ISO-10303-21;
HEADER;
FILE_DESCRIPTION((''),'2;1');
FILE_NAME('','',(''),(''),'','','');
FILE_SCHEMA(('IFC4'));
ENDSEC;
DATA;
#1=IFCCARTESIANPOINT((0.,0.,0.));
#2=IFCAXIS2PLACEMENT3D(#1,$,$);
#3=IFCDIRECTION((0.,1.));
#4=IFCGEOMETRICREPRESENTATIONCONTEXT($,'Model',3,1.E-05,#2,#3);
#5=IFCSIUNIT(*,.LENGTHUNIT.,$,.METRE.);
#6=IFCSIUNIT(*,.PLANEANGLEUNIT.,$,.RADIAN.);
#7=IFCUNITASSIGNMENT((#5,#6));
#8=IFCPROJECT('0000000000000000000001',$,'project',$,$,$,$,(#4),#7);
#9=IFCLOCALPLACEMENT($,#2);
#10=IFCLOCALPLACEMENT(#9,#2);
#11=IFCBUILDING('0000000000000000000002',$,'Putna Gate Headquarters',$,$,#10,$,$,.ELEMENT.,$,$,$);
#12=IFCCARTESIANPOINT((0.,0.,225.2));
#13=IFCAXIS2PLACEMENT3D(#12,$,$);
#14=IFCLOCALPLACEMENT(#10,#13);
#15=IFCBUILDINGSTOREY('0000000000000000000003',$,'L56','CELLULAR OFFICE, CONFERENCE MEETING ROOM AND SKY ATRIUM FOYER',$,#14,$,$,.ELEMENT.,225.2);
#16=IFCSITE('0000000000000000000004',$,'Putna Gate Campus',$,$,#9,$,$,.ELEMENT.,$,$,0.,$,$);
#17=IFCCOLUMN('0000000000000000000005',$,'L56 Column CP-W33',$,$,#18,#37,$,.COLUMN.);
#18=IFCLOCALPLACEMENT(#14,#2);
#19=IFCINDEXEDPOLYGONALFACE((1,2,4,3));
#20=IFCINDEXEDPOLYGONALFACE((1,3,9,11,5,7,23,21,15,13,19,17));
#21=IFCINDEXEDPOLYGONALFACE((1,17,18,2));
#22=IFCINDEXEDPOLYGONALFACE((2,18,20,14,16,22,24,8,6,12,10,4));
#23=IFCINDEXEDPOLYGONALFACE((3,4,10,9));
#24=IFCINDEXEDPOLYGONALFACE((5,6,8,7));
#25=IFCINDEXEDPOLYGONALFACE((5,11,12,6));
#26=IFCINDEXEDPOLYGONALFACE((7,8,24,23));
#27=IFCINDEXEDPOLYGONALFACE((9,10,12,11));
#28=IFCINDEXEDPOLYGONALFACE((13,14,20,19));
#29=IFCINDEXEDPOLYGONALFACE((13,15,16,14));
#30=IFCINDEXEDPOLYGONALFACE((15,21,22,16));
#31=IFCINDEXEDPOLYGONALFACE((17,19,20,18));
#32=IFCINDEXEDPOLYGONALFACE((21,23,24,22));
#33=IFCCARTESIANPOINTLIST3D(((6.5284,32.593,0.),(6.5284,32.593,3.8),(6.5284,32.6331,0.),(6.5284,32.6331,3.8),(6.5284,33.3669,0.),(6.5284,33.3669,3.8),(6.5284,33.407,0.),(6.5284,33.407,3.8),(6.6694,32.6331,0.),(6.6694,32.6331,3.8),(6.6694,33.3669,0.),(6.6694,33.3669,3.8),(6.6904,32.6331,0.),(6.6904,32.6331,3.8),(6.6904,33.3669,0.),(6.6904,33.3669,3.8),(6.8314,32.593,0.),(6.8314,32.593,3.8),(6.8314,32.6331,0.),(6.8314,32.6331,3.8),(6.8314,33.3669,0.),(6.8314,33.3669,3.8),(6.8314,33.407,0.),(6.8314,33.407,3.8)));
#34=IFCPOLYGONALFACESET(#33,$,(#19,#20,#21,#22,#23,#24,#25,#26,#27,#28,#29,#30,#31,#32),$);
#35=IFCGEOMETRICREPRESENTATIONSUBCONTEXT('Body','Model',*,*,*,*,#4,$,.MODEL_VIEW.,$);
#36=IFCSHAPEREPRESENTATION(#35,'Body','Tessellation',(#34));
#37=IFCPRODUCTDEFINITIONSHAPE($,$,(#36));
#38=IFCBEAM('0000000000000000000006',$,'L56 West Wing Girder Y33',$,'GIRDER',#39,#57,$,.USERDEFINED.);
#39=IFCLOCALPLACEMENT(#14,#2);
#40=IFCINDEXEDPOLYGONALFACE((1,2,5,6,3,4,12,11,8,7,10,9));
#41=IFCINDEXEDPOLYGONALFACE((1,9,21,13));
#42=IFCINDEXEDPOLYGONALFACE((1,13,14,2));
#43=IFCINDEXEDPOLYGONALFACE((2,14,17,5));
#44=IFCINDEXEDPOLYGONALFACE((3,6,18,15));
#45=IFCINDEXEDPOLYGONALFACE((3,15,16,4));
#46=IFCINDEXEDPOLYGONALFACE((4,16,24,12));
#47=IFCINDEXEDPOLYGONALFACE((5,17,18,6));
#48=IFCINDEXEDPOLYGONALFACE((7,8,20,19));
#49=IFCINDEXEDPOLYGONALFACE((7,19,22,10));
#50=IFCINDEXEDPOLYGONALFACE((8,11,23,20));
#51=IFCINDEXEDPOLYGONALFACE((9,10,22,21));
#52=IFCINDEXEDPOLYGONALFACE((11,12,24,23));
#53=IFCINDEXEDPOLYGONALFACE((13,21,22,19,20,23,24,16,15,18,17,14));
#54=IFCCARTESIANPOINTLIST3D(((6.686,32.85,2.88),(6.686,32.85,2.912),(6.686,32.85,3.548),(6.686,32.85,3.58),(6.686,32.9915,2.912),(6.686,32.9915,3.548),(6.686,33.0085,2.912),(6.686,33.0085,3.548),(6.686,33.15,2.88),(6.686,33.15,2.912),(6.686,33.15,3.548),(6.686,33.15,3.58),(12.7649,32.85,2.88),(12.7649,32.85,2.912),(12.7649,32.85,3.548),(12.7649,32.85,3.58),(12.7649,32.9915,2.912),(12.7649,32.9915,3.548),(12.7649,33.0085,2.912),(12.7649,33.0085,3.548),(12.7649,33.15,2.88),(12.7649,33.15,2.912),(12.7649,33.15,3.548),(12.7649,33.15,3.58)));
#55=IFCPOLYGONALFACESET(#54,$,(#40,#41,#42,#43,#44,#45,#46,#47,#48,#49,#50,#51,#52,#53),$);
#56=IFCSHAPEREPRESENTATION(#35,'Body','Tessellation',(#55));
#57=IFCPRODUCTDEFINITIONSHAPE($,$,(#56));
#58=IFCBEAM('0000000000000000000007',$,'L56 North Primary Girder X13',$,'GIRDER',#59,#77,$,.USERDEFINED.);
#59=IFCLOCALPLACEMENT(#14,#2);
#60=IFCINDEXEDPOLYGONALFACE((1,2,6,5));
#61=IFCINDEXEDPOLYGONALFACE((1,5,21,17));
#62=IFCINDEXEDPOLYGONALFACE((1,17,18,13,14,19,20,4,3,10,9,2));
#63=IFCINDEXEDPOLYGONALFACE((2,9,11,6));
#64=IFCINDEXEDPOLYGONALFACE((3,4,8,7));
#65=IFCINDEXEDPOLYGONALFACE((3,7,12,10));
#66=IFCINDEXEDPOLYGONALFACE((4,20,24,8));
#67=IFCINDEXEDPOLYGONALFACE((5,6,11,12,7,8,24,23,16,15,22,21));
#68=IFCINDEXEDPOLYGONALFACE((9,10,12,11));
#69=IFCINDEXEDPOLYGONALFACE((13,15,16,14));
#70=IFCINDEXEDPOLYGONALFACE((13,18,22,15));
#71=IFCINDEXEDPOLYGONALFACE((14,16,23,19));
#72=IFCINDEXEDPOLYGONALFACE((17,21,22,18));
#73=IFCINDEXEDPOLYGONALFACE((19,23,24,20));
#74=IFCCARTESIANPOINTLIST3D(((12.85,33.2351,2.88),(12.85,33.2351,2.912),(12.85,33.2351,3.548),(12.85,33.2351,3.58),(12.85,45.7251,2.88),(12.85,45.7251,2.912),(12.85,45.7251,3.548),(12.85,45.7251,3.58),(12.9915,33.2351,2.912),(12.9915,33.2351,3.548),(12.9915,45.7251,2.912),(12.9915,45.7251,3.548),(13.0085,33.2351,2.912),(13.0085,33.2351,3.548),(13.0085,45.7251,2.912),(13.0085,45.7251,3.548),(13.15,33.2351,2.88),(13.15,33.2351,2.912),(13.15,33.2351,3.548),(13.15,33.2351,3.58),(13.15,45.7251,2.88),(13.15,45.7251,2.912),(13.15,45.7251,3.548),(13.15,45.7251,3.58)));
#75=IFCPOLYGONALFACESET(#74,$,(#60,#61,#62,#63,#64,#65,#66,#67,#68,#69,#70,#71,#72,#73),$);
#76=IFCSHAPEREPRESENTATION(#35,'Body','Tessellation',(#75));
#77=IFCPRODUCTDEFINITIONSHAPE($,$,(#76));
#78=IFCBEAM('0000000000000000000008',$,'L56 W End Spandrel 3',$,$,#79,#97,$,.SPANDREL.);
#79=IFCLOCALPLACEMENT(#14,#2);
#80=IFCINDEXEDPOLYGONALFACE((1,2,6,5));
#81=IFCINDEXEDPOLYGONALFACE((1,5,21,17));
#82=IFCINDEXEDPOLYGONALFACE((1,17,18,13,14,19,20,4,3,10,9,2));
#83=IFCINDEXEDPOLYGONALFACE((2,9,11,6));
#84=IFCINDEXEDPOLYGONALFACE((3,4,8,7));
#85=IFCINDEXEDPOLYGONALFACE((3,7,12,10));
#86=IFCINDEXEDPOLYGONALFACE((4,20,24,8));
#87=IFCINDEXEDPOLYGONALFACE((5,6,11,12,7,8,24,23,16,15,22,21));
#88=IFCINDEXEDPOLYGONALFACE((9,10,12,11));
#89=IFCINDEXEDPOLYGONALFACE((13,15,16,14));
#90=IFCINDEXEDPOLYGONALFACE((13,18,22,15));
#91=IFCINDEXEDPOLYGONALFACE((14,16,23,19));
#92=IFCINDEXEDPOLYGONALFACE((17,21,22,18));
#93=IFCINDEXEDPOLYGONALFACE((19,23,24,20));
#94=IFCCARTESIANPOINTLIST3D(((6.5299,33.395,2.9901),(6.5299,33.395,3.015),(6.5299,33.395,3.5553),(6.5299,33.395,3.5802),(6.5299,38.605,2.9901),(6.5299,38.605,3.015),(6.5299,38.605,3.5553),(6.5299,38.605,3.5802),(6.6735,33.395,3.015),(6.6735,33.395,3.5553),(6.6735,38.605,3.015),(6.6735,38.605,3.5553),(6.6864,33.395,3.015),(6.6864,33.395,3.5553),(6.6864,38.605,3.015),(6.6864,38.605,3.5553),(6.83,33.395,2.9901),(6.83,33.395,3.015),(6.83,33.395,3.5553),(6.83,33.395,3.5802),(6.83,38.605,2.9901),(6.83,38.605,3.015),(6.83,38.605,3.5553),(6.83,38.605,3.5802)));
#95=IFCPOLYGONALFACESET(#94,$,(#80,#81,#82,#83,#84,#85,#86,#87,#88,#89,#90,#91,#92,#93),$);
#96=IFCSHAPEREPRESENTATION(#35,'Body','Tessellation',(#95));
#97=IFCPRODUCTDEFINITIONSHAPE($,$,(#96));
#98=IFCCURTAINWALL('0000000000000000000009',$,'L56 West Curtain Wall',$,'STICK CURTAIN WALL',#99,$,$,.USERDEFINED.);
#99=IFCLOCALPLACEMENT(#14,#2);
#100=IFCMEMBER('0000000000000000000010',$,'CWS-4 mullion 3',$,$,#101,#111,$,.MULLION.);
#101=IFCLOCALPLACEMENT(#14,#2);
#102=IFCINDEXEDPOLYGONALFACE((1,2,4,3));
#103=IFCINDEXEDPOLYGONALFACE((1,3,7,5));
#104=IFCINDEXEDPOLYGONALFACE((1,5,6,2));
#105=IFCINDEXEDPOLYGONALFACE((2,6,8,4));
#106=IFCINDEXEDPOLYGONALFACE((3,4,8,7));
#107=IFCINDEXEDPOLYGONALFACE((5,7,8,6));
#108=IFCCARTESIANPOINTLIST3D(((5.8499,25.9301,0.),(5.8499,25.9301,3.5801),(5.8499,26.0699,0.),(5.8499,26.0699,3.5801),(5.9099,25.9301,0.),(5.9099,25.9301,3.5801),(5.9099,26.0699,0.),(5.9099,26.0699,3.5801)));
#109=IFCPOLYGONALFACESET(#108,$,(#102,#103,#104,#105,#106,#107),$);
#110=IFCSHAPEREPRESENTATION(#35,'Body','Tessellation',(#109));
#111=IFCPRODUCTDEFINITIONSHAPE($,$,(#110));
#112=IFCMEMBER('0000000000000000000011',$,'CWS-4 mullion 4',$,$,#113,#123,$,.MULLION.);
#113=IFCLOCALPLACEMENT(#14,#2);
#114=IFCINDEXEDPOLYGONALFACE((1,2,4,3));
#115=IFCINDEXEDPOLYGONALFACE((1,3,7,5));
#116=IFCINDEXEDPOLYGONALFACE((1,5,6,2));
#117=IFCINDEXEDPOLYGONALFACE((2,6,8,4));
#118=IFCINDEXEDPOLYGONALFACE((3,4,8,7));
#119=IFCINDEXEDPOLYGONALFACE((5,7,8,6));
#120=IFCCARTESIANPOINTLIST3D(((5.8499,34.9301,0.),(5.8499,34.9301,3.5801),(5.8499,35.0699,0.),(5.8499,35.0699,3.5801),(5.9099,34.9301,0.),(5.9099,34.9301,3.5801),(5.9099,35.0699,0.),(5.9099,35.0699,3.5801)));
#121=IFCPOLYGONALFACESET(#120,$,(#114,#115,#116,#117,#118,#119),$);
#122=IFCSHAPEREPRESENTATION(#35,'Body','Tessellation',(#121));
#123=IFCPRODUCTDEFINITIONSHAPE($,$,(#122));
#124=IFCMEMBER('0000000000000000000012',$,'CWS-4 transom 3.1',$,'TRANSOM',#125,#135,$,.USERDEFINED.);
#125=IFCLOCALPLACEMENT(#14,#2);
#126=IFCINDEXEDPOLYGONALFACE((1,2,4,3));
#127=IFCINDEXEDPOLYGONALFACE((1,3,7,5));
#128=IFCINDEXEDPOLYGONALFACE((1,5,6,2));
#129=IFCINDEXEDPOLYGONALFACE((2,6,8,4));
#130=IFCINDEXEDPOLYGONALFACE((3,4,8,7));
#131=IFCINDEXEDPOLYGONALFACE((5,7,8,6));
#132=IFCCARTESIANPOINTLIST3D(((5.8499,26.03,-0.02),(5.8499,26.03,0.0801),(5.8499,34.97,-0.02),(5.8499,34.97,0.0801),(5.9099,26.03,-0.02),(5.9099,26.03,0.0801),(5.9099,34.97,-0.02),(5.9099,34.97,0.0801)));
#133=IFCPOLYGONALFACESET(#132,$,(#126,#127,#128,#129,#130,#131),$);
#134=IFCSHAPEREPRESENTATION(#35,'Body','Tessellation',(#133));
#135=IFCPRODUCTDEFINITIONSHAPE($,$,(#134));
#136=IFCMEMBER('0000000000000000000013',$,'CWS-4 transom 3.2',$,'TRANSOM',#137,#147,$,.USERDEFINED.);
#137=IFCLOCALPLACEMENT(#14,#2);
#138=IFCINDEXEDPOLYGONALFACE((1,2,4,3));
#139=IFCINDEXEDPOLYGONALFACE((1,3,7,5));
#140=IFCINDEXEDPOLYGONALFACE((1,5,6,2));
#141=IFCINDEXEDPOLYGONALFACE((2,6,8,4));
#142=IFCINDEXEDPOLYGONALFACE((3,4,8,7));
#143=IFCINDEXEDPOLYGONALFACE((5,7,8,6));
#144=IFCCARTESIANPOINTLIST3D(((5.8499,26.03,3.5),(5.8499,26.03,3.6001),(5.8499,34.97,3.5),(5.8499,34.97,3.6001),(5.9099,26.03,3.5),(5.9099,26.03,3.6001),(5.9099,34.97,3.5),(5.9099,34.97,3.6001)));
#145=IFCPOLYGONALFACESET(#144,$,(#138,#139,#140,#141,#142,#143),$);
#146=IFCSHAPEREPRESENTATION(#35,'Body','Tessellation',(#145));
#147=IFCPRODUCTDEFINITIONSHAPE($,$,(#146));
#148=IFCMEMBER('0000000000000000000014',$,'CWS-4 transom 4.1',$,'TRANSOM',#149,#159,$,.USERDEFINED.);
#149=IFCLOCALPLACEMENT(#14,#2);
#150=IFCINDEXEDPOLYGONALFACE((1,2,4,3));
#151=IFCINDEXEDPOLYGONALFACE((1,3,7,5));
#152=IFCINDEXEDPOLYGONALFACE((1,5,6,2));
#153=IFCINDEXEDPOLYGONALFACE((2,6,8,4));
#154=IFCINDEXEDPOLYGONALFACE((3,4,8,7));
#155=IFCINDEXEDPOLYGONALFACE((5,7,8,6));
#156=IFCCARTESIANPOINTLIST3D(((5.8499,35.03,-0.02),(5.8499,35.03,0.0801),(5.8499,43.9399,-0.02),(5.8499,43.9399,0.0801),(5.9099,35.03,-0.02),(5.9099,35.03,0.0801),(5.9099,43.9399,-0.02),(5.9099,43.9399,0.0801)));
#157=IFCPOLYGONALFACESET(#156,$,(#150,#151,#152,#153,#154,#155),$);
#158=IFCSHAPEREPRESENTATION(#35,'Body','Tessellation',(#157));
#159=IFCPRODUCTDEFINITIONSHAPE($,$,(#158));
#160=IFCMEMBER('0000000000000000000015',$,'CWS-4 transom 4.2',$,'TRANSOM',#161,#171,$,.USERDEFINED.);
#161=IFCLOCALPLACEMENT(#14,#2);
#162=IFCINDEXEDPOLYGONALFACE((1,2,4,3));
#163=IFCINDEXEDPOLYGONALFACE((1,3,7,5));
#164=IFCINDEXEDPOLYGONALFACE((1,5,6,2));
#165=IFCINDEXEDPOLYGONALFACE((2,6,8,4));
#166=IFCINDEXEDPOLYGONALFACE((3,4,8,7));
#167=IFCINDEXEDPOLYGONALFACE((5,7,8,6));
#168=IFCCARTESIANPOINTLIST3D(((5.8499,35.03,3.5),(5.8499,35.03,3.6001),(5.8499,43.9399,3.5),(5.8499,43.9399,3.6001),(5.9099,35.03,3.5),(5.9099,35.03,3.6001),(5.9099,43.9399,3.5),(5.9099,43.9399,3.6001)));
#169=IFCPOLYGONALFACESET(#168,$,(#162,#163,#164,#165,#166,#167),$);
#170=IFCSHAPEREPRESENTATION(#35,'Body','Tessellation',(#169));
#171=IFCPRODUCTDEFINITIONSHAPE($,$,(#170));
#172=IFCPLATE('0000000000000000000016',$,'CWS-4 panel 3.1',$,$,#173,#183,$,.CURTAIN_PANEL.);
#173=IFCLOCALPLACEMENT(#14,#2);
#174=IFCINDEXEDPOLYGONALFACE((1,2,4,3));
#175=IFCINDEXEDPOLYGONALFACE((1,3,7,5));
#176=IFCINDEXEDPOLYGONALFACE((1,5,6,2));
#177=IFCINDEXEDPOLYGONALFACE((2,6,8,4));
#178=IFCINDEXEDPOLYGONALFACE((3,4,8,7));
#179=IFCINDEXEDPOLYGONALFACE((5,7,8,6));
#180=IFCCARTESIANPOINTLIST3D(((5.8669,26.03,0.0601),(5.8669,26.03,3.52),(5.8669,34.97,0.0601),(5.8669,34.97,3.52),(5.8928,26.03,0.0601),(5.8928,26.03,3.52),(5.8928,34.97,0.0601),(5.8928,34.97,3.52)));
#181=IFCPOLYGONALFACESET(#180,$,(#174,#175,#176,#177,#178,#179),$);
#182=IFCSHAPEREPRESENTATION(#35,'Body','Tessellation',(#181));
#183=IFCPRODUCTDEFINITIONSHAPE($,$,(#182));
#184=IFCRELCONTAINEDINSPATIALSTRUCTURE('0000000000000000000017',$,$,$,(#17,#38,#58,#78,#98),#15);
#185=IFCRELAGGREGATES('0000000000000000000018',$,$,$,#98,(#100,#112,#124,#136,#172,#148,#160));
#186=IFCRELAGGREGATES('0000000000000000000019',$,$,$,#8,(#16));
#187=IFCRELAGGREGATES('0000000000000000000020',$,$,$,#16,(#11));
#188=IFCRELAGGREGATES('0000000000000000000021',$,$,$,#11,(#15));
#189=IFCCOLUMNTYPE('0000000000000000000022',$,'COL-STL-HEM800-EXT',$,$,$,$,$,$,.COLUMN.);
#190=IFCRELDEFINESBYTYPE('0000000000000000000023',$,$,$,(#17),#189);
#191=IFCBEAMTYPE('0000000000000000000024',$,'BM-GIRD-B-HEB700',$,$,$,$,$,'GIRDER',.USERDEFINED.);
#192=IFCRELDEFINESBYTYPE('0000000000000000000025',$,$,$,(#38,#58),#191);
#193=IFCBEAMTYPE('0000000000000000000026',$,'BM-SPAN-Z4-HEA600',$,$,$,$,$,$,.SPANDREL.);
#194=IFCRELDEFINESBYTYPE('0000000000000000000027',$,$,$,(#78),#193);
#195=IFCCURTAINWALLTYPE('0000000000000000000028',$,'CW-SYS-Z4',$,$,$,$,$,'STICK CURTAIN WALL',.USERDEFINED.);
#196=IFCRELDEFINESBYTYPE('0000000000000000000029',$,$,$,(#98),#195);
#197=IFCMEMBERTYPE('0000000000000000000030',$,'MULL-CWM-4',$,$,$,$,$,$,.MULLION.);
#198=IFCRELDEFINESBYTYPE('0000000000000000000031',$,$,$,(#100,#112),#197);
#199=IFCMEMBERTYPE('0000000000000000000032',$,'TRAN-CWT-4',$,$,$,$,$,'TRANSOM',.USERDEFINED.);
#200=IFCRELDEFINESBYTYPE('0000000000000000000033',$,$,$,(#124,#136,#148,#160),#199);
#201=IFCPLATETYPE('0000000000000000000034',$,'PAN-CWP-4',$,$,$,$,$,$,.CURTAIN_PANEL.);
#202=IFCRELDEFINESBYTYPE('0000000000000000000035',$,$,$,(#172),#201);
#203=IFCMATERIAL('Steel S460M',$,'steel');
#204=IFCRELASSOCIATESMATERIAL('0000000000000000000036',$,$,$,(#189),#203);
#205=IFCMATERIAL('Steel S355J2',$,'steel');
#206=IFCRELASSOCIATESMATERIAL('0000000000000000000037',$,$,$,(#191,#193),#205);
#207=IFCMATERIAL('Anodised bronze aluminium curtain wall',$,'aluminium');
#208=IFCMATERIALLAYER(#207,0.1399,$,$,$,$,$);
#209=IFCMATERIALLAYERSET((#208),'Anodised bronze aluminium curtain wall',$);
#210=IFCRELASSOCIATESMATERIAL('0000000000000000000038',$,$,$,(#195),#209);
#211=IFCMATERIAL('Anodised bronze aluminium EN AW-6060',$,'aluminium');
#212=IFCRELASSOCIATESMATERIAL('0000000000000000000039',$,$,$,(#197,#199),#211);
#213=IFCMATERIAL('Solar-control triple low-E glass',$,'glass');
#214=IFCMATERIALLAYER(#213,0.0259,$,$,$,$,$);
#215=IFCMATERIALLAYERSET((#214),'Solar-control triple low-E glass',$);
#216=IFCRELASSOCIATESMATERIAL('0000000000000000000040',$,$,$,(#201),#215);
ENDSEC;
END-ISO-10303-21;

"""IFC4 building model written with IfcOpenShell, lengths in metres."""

from ifc_helpers import new_model, si_unit, direction, frame, origin, origin_2d, place, context, subcontext, project, spatial, rectangle, i_section, extrude, material, layer, layer_set, material_profile, profile_set, type_object, element, aggregate, save


model = new_model("IFC4")

# Units and contexts
model_context = context("Model", 3, precision=1e-05, world=origin(), true_north=direction((0.0, 1.0)))
body_context = subcontext(model_context, "Body", "Model", "MODEL_VIEW")
ifc_project = project(units=[si_unit("LENGTHUNIT", "METRE"), si_unit("PLANEANGLEUNIT", "RADIAN")], contexts=[model_context])

# Site, building, storey
site_placement = place(None, origin())
site = spatial("IfcSite", under=ifc_project, at=site_placement, Name="Putna Gate Campus", CompositionType="ELEMENT", RefElevation=0.0)
building_placement = place(site_placement, origin())
building = spatial("IfcBuilding", under=site, at=building_placement, Name="Putna Gate Headquarters", CompositionType="ELEMENT")
storey_placement = place(building_placement, frame((0.0, 0.0, 225.2)))
storey = spatial("IfcBuildingStorey", under=building, at=storey_placement, Name="L56", Description="CELLULAR OFFICE, CONFERENCE MEETING ROOM AND SKY ATRIUM FOYER", CompositionType="ELEMENT", Elevation=225.2)

# Column
ifc_material_1 = material(Name="Steel S460M", Category="steel")
ifc_material_profile_1 = material_profile(ifc_material_1, i_section(OverallWidth=0.303, OverallDepth=0.814, WebThickness=0.021, FlangeThickness=0.04, at=origin_2d()), Name="Steel S460M")
ifc_profile_set_1 = profile_set([ifc_material_profile_1], Name="Steel S460M")
column_type = type_object("IfcColumnType", Name="COL-STL-HEM800-EXT", PredefinedType="COLUMN", material=ifc_profile_set_1)
column_placement = place(storey_placement, frame((6.6799, 33.0, 0.0), z_axis=(0.0, 0.0, 1.0), x_axis=(1.0, 0.0, 0.0)))
element("IfcColumn", 1, at=column_placement, inside=storey, type_object=column_type, Name="L56 Column CP-W33", PredefinedType="COLUMN", context=body_context, shape_type="SweptSolid", body=[
    extrude(i_section(OverallWidth=0.303, OverallDepth=0.814, WebThickness=0.021, FlangeThickness=0.04, at=origin_2d()), origin(), (0.0, 0.0, 1.0), 3.8),
])

# Beams
ifc_material_2 = material(Name="Steel S355J2", Category="steel")
ifc_material_profile_2 = material_profile(ifc_material_2, i_section(OverallWidth=0.3, OverallDepth=0.7, WebThickness=0.0171, FlangeThickness=0.032, at=origin_2d()), Name="Steel S355J2")
ifc_profile_set_2 = profile_set([ifc_material_profile_2], Name="Steel S355J2")
beam_type_1 = type_object("IfcBeamType", Name="BM-GIRD-B-HEB700", ElementType="GIRDER", PredefinedType="USERDEFINED", material=ifc_profile_set_2)
beam_1_placement = place(storey_placement, frame((6.686, 33.0, 3.23), z_axis=(1.0, 0.0, 0.0), x_axis=(0.0, 1.0, 0.0)))
element("IfcBeam", 2, at=beam_1_placement, inside=storey, type_object=beam_type_1, Name="L56 West Wing Girder Y33", ObjectType="GIRDER", PredefinedType="USERDEFINED", context=body_context, shape_type="SweptSolid", body=[
    extrude(i_section(OverallWidth=0.3, OverallDepth=0.7, WebThickness=0.0171, FlangeThickness=0.032, at=origin_2d()), origin(), (0.0, 0.0, 1.0), 6.0789),
])
beam_2_placement = place(storey_placement, frame((13.0, 33.2351, 3.23), z_axis=(0.0, 1.0, 0.0), x_axis=(-1.0, 0.0, 0.0)))
element("IfcBeam", 3, at=beam_2_placement, inside=storey, type_object=beam_type_1, Name="L56 North Primary Girder X13", ObjectType="GIRDER", PredefinedType="USERDEFINED", context=body_context, shape_type="SweptSolid", body=[
    extrude(i_section(OverallWidth=0.3, OverallDepth=0.7, WebThickness=0.0171, FlangeThickness=0.032, at=origin_2d()), origin(), (0.0, 0.0, 1.0), 12.49),
])
ifc_material_profile_3 = material_profile(ifc_material_2, i_section(OverallWidth=0.3, OverallDepth=0.5901, WebThickness=0.0129, FlangeThickness=0.0249, at=origin_2d()), Name="Steel S355J2")
ifc_profile_set_3 = profile_set([ifc_material_profile_3], Name="Steel S355J2")
beam_type_2 = type_object("IfcBeamType", Name="BM-SPAN-Z4-HEA600", PredefinedType="SPANDREL", material=ifc_profile_set_3)
beam_3_placement = place(storey_placement, frame((6.6799, 33.395, 3.2852), z_axis=(0.0, 1.0, 0.0), x_axis=(-1.0, 0.0, 0.0)))
element("IfcBeam", 4, at=beam_3_placement, inside=storey, type_object=beam_type_2, Name="L56 W End Spandrel 3", PredefinedType="SPANDREL", context=body_context, shape_type="SweptSolid", body=[
    extrude(i_section(OverallWidth=0.3, OverallDepth=0.5901, WebThickness=0.0129, FlangeThickness=0.0249, at=origin_2d()), origin(), (0.0, 0.0, 1.0), 5.21),
])

# Curtain wall, members, plate
ifc_material_3 = material(Name="Anodised bronze aluminium curtain wall", Category="aluminium")
ifc_layer_1 = layer(ifc_material_3, 0.1399)
ifc_layer_set_1 = layer_set([ifc_layer_1], Name="Anodised bronze aluminium curtain wall")
curtain_wall_type = type_object("IfcCurtainWallType", Name="CW-SYS-Z4", ElementType="STICK CURTAIN WALL", PredefinedType="USERDEFINED", material=ifc_layer_set_1)
curtain_wall_placement = place(storey_placement, origin())
curtain_wall = element("IfcCurtainWall", 5, at=curtain_wall_placement, inside=storey, type_object=curtain_wall_type, Name="L56 West Curtain Wall", ObjectType="STICK CURTAIN WALL", PredefinedType="USERDEFINED")
ifc_material_4 = material(Name="Anodised bronze aluminium EN AW-6060", Category="aluminium")
ifc_material_profile_4 = material_profile(ifc_material_4, rectangle(XDim=0.0601, YDim=0.1399, at=origin_2d()), Name="Anodised bronze aluminium EN AW-6060")
ifc_profile_set_4 = profile_set([ifc_material_profile_4], Name="Anodised bronze aluminium EN AW-6060")
member_type_1 = type_object("IfcMemberType", Name="MULL-CWM-4", PredefinedType="MULLION", material=ifc_profile_set_4)
member_1_placement = place(storey_placement, frame((5.8799, 26.0, 0.0), z_axis=(0.0, 0.0, 1.0), x_axis=(-1.0, 0.0, 0.0)))
member_1 = element("IfcMember", 6, at=member_1_placement, type_object=member_type_1, Name="CWS-4 mullion 3", PredefinedType="MULLION", context=body_context, shape_type="SweptSolid", body=[
    extrude(rectangle(XDim=0.0601, YDim=0.1399, at=origin_2d()), origin(), (0.0, 0.0, 1.0), 3.5801),
])
member_2_placement = place(storey_placement, frame((5.8799, 35.0, 0.0), z_axis=(0.0, 0.0, 1.0), x_axis=(-1.0, 0.0, 0.0)))
member_2 = element("IfcMember", 7, at=member_2_placement, type_object=member_type_1, Name="CWS-4 mullion 4", PredefinedType="MULLION", context=body_context, shape_type="SweptSolid", body=[
    extrude(rectangle(XDim=0.0601, YDim=0.1399, at=origin_2d()), origin(), (0.0, 0.0, 1.0), 3.5801),
])
ifc_material_profile_5 = material_profile(ifc_material_4, rectangle(XDim=0.0601, YDim=0.1001, at=origin_2d()), Name="Anodised bronze aluminium EN AW-6060")
ifc_profile_set_5 = profile_set([ifc_material_profile_5], Name="Anodised bronze aluminium EN AW-6060")
member_type_2 = type_object("IfcMemberType", Name="TRAN-CWT-4", ElementType="TRANSOM", PredefinedType="USERDEFINED", material=ifc_profile_set_5)
member_3_placement = place(storey_placement, frame((5.8799, 26.03, 0.03), z_axis=(0.0, 1.0, 0.0), x_axis=(-1.0, 0.0, 0.0)))
member_3 = element("IfcMember", 8, at=member_3_placement, type_object=member_type_2, Name="CWS-4 transom 3.1", ObjectType="TRANSOM", PredefinedType="USERDEFINED", context=body_context, shape_type="SweptSolid", body=[
    extrude(rectangle(XDim=0.0601, YDim=0.1001, at=origin_2d()), origin(), (0.0, 0.0, 1.0), 8.9399),
])
member_4_placement = place(storey_placement, frame((5.8799, 26.03, 3.55), z_axis=(0.0, 1.0, 0.0), x_axis=(-1.0, 0.0, 0.0)))
member_4 = element("IfcMember", 9, at=member_4_placement, type_object=member_type_2, Name="CWS-4 transom 3.2", ObjectType="TRANSOM", PredefinedType="USERDEFINED", context=body_context, shape_type="SweptSolid", body=[
    extrude(rectangle(XDim=0.0601, YDim=0.1001, at=origin_2d()), origin(), (0.0, 0.0, 1.0), 8.9399),
])
member_5_placement = place(storey_placement, frame((5.8799, 35.03, 0.03), z_axis=(0.0, 1.0, 0.0), x_axis=(-1.0, 0.0, 0.0)))
member_5 = element("IfcMember", 10, at=member_5_placement, type_object=member_type_2, Name="CWS-4 transom 4.1", ObjectType="TRANSOM", PredefinedType="USERDEFINED", context=body_context, shape_type="SweptSolid", body=[
    extrude(rectangle(XDim=0.0601, YDim=0.1001, at=origin_2d()), origin(), (0.0, 0.0, 1.0), 8.9099),
])
member_6_placement = place(storey_placement, frame((5.8799, 35.03, 3.55), z_axis=(0.0, 1.0, 0.0), x_axis=(-1.0, 0.0, 0.0)))
member_6 = element("IfcMember", 11, at=member_6_placement, type_object=member_type_2, Name="CWS-4 transom 4.2", ObjectType="TRANSOM", PredefinedType="USERDEFINED", context=body_context, shape_type="SweptSolid", body=[
    extrude(rectangle(XDim=0.0601, YDim=0.1001, at=origin_2d()), origin(), (0.0, 0.0, 1.0), 8.9099),
])
ifc_material_5 = material(Name="Solar-control triple low-E glass", Category="glass")
ifc_layer_2 = layer(ifc_material_5, 0.0259)
ifc_layer_set_2 = layer_set([ifc_layer_2], Name="Solar-control triple low-E glass")
plate_type = type_object("IfcPlateType", Name="PAN-CWP-4", PredefinedType="CURTAIN_PANEL", material=ifc_layer_set_2)
plate_placement = place(storey_placement, frame((5.8799, 30.5, 0.0601), z_axis=(0.0, 0.0, 1.0), x_axis=(0.0, 1.0, 0.0)))
plate = element("IfcPlate", 12, at=plate_placement, type_object=plate_type, Name="CWS-4 panel 3.1", PredefinedType="CURTAIN_PANEL", context=body_context, shape_type="SweptSolid", body=[
    extrude(rectangle(XDim=8.9399, YDim=0.0259, at=origin_2d()), origin(), (0.0, 0.0, 1.0), 3.46),
])
aggregate(curtain_wall, [member_1, member_2, member_3, member_4, plate, member_5, member_6])

save(model, "model.ifc")
